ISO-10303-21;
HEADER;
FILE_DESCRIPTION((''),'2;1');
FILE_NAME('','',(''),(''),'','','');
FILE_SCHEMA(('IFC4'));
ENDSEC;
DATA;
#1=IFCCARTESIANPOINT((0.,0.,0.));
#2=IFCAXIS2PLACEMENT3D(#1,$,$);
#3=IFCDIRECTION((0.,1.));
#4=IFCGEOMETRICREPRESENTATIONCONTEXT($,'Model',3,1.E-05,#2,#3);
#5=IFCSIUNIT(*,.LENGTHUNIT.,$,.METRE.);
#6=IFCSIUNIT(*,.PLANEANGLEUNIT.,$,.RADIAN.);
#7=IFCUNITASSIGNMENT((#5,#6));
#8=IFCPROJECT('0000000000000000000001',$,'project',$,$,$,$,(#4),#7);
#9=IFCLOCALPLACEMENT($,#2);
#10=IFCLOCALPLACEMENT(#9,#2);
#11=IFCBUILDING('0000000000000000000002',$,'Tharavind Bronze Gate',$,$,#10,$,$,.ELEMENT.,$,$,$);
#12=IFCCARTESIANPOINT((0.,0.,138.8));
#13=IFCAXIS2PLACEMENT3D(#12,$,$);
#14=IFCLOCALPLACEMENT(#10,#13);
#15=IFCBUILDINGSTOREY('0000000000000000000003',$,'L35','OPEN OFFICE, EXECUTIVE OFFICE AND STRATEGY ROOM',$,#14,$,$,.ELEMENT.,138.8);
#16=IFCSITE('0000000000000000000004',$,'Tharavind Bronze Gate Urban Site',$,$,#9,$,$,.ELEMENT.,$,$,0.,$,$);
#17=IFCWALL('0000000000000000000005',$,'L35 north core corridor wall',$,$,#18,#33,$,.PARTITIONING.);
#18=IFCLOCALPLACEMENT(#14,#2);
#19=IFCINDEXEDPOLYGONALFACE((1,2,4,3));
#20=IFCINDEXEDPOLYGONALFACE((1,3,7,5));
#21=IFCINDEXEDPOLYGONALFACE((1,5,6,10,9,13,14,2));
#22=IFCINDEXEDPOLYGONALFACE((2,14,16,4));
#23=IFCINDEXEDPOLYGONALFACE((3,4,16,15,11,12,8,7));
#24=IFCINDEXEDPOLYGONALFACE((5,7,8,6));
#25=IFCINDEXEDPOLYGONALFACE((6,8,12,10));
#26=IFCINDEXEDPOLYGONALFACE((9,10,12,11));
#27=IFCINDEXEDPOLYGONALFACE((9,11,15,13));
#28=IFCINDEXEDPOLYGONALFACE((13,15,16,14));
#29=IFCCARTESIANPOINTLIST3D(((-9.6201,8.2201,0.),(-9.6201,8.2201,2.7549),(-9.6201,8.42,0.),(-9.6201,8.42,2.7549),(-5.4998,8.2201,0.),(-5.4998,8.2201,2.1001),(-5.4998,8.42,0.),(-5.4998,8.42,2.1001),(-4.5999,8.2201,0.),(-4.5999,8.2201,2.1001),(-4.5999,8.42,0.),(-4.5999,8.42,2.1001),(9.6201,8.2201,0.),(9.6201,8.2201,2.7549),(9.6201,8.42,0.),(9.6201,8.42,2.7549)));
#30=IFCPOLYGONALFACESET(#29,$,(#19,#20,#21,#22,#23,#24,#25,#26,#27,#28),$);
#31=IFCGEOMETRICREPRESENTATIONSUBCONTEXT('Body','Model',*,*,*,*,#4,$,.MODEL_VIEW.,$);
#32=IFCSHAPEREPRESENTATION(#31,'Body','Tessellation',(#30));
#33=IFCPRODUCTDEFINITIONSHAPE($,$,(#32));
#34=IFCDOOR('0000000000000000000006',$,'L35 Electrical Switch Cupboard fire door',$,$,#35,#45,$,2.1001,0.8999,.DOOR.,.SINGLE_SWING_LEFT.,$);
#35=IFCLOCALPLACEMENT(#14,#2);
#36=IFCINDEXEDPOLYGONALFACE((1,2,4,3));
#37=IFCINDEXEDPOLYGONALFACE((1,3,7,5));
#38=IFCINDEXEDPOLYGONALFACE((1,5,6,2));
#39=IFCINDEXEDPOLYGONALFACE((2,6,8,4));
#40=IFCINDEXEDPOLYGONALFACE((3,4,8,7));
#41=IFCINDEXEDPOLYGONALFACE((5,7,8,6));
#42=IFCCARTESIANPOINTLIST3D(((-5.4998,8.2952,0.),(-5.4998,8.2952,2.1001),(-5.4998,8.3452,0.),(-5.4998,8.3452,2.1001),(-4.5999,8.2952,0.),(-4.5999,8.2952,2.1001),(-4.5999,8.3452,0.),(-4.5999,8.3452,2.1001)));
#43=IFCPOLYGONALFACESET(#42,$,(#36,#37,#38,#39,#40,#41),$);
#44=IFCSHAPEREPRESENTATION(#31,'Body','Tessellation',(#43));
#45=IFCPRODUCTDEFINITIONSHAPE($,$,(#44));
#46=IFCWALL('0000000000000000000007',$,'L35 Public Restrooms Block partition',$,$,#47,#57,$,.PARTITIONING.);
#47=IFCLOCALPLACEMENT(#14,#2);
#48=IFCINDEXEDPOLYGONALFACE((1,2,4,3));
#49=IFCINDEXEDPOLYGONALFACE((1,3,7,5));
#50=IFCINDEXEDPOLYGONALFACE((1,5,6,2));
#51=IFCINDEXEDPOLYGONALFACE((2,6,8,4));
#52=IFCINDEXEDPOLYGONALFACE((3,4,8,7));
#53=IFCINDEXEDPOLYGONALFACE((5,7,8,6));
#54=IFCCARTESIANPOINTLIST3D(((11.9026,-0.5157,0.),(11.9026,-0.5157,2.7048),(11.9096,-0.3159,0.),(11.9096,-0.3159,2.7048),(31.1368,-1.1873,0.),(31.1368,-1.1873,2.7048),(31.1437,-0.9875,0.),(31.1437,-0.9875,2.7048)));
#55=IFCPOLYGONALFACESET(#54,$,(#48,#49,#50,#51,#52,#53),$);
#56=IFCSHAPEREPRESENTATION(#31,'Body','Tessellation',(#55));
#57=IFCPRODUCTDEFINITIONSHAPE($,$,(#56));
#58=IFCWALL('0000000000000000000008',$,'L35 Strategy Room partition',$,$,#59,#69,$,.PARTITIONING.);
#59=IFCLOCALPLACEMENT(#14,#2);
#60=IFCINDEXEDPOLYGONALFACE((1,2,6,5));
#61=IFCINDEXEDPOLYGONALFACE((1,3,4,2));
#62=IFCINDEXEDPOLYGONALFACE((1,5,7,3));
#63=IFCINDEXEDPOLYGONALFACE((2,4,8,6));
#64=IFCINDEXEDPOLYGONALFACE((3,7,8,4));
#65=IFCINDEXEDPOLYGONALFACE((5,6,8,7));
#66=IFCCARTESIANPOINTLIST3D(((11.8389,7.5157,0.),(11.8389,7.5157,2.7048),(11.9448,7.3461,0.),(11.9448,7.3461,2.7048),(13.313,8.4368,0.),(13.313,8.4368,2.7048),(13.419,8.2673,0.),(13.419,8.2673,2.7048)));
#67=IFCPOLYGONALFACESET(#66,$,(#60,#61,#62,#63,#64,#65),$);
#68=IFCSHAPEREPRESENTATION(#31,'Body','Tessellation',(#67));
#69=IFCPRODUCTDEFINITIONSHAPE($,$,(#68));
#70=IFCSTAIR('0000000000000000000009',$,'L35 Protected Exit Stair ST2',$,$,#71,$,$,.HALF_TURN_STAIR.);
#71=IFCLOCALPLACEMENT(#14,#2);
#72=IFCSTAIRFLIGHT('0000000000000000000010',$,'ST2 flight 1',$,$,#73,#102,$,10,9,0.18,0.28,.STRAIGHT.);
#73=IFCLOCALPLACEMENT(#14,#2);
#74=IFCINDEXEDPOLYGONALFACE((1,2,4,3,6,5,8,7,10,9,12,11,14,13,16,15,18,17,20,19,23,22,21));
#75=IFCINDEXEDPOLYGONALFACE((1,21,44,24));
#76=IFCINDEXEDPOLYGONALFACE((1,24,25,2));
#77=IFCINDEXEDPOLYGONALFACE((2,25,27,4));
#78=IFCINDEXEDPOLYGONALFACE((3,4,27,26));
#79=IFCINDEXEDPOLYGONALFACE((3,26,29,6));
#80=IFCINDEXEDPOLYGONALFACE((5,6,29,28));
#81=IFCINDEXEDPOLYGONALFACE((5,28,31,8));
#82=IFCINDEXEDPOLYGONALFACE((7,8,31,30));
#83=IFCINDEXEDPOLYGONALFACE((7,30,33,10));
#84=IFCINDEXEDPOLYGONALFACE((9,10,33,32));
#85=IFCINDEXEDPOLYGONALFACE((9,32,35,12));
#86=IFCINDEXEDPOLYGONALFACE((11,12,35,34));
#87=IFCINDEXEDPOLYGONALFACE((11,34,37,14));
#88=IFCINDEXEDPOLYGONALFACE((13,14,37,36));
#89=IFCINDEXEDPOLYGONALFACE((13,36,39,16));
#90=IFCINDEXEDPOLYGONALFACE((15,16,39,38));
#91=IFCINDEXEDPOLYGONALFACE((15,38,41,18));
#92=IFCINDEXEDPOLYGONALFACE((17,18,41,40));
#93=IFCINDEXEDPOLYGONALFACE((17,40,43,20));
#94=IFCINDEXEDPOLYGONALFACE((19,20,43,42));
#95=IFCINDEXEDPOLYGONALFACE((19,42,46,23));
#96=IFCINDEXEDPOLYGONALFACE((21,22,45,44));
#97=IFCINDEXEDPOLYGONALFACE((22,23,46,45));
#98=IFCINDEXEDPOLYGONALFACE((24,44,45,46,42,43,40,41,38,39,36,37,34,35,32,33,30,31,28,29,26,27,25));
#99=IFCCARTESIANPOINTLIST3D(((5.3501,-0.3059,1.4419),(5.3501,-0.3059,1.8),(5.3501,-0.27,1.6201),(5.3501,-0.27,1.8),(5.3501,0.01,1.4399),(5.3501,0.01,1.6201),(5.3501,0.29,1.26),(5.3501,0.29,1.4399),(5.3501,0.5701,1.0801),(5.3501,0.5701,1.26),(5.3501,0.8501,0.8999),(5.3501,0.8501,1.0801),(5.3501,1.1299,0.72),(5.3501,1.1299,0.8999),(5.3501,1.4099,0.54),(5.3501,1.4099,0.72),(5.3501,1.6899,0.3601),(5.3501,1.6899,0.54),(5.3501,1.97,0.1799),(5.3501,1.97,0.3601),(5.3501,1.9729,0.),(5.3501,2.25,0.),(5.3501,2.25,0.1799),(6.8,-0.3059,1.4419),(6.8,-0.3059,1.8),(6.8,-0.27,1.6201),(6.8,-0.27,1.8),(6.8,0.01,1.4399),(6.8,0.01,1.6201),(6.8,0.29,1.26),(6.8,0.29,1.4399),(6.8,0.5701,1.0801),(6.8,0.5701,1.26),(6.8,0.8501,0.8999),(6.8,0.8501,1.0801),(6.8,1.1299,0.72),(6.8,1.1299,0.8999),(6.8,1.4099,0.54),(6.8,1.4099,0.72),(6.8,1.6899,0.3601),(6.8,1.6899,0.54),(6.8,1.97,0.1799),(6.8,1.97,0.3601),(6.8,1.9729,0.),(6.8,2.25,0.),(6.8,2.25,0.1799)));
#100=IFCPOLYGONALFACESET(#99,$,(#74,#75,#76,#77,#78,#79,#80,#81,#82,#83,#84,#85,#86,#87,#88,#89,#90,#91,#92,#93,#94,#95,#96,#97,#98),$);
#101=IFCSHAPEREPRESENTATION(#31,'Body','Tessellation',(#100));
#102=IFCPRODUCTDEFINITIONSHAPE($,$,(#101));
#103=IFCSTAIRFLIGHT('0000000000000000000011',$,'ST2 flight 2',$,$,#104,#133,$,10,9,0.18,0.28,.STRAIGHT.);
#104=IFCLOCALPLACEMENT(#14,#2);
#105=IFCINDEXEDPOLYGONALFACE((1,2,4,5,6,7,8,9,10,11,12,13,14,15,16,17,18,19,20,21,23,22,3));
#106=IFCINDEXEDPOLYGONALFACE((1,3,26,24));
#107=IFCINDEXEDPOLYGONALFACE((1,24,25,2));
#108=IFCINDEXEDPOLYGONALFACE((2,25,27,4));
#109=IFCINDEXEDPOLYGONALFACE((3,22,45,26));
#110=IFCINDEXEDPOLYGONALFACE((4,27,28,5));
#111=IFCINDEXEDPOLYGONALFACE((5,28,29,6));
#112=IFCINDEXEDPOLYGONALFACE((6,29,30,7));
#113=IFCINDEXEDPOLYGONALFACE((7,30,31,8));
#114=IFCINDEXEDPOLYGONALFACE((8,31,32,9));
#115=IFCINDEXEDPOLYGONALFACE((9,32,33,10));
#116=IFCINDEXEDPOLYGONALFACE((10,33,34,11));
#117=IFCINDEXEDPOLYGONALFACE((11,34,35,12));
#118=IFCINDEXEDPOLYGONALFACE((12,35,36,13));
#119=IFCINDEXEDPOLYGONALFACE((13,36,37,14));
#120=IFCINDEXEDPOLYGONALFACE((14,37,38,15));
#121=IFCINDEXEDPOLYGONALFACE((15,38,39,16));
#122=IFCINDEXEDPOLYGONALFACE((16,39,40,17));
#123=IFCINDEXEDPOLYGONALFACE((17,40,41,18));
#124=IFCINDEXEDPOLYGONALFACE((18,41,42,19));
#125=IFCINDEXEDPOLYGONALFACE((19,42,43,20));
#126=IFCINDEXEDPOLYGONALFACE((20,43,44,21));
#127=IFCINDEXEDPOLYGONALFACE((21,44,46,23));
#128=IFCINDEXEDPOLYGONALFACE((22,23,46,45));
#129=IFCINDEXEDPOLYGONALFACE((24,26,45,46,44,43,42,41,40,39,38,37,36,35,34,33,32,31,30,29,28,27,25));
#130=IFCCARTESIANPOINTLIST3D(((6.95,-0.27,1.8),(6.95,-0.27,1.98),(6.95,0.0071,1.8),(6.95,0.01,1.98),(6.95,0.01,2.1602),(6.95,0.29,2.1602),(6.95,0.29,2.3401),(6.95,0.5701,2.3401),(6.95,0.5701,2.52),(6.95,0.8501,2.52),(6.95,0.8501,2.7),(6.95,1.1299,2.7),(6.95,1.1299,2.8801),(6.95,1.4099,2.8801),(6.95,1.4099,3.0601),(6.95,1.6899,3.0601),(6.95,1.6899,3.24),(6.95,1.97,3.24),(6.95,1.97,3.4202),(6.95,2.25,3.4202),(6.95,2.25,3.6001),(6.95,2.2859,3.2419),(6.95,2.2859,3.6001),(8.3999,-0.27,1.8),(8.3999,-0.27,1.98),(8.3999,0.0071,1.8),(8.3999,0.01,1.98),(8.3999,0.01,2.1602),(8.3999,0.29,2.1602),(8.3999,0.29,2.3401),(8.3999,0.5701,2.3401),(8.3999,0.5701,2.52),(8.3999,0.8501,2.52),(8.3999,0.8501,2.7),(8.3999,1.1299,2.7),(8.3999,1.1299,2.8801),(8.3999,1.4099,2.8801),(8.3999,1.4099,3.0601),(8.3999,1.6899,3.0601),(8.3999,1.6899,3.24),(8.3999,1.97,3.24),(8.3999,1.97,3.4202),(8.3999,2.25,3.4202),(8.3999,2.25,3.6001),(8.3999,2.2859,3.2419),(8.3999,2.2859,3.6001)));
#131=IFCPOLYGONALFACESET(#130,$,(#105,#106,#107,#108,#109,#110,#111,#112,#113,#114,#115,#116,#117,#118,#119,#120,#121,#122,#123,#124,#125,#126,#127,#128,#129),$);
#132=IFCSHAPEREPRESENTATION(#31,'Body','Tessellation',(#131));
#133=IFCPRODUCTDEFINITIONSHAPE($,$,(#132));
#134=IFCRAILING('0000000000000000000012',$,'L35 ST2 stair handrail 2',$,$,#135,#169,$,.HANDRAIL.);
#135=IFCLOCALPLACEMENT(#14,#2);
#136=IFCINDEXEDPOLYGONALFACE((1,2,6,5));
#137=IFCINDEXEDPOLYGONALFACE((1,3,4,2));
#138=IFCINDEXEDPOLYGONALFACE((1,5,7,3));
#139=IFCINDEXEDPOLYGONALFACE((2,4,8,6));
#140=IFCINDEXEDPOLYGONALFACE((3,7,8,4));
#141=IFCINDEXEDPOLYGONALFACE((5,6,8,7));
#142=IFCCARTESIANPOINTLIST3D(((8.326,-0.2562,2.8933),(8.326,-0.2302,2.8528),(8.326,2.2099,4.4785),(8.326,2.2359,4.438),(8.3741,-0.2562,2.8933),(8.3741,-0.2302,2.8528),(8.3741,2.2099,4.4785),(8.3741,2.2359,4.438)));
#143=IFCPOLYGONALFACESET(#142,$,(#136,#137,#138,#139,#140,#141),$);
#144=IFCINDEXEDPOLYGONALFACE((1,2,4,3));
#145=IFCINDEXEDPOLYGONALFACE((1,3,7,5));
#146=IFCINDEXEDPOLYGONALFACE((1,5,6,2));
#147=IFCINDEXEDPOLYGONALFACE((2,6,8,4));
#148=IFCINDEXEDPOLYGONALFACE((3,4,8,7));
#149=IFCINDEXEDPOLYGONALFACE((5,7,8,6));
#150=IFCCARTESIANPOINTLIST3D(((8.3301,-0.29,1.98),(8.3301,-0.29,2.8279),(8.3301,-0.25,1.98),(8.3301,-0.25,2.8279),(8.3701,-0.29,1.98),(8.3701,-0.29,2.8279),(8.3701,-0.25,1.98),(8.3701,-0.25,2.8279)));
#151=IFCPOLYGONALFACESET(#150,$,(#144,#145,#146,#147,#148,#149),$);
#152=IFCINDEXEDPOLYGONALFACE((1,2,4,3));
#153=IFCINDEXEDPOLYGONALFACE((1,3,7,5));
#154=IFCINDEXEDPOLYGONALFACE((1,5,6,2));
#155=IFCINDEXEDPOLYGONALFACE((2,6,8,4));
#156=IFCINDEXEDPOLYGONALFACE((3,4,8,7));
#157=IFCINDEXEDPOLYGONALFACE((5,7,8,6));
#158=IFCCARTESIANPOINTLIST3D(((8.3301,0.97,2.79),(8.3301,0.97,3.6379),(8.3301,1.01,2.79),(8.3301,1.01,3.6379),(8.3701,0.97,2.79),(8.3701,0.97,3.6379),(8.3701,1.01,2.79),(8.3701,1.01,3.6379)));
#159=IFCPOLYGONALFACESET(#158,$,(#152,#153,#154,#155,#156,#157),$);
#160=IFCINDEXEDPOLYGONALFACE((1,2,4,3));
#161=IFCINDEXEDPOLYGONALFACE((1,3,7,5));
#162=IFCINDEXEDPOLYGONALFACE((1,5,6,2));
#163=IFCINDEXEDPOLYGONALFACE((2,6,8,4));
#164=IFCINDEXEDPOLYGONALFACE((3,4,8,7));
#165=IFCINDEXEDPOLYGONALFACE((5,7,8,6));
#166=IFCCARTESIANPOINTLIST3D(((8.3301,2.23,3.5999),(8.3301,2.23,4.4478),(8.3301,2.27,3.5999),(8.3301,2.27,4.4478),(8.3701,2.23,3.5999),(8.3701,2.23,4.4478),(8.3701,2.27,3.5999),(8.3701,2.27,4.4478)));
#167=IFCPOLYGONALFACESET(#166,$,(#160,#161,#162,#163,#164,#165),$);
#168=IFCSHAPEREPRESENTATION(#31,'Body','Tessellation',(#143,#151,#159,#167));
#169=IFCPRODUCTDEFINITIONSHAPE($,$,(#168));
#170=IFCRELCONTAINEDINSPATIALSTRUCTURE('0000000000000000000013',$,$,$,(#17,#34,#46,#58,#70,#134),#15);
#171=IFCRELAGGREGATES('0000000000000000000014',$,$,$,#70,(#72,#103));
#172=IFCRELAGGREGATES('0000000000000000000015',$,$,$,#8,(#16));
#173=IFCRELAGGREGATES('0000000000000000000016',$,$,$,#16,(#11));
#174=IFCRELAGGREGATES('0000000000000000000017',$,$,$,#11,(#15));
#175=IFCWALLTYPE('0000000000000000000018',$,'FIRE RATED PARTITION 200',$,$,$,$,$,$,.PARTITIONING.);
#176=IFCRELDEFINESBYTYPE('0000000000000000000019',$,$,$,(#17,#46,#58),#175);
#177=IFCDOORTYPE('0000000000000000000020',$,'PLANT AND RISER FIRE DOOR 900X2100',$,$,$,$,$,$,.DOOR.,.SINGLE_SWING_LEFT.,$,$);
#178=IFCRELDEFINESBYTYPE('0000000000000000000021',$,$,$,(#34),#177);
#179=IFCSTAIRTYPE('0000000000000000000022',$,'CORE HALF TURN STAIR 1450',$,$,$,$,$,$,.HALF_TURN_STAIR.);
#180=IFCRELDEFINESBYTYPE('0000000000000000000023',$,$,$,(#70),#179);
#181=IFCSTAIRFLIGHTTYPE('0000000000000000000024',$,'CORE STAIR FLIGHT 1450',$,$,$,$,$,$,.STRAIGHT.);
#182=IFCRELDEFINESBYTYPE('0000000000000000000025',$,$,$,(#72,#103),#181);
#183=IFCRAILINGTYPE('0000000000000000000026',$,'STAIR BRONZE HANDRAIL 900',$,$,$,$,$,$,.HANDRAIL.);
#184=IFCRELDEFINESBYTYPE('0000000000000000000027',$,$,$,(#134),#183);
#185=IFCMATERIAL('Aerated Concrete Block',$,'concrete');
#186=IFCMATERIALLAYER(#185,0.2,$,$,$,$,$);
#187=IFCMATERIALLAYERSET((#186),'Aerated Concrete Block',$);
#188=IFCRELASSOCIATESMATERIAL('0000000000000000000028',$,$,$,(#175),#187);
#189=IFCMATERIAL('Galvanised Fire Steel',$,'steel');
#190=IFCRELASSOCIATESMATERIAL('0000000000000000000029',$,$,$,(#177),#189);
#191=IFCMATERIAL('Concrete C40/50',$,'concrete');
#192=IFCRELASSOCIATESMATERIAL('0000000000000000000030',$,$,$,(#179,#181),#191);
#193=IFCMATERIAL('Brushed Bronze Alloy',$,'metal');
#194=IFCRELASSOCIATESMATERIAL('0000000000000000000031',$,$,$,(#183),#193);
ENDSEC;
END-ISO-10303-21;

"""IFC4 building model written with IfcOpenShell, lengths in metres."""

from ifc_helpers import new_model, si_unit, direction, frame, frame_2d, origin, origin_2d, place, context, subcontext, project, spatial, polyline, rectangle, outline, extrude, material, layer, layer_set, type_object, element, fill, aggregate, save


model = new_model("IFC4")

# Units and contexts
model_context = context("Model", 3, precision=1e-05, world=origin(), true_north=direction((0.0, 1.0)))
body_context = subcontext(model_context, "Body", "Model", "MODEL_VIEW")
ifc_project = project(units=[si_unit("LENGTHUNIT", "METRE"), si_unit("PLANEANGLEUNIT", "RADIAN")], contexts=[model_context])

# Site, building, storey
site_placement = place(None, origin())
site = spatial("IfcSite", under=ifc_project, at=site_placement, Name="Tharavind Bronze Gate Urban Site", CompositionType="ELEMENT", RefElevation=0.0)
building_placement = place(site_placement, origin())
building = spatial("IfcBuilding", under=site, at=building_placement, Name="Tharavind Bronze Gate", CompositionType="ELEMENT")
storey_placement = place(building_placement, frame((0.0, 0.0, 138.8)))
storey = spatial("IfcBuildingStorey", under=building, at=storey_placement, Name="L35", Description="OPEN OFFICE, EXECUTIVE OFFICE AND STRATEGY ROOM", CompositionType="ELEMENT", Elevation=138.8)

# Wall, opening, door
ifc_material_1 = material(Name="Aerated Concrete Block", Category="concrete")
ifc_layer_1 = layer(ifc_material_1, 0.2)
ifc_layer_set_1 = layer_set([ifc_layer_1], Name="Aerated Concrete Block")
wall_type_1 = type_object("IfcWallType", Name="FIRE RATED PARTITION 200", PredefinedType="PARTITIONING", material=ifc_layer_set_1)
wall_1_placement = place(storey_placement, frame((9.6201, 8.3201, 0.0), z_axis=(0.0, 0.0, 1.0), x_axis=(-1.0, 0.0, 0.0)))
wall_1 = element("IfcWall", 1, at=wall_1_placement, inside=storey, type_object=wall_type_1, Name="L35 north core corridor wall", PredefinedType="PARTITIONING", context=body_context, shape_type="SweptSolid", body=[
    extrude(rectangle(XDim=19.2402, YDim=0.2, at=frame_2d((9.6201, 0.0))), origin(), (0.0, 0.0, 1.0), 2.7549),
])
opening_1_placement = place(wall_1_placement, frame((14.22, 0.0, 0.0)))
opening_1 = element("IfcOpeningElement", 2, at=opening_1_placement, cuts=wall_1, PredefinedType="OPENING", context=body_context, shape_type="SweptSolid", body=[
    extrude(rectangle(XDim=0.8999, YDim=2.1001, at=frame_2d((0.45, 1.05))), frame((0.0, 0.1101, 0.0), z_axis=(0.0, -1.0, 0.0), x_axis=(1.0, 0.0, 0.0)), (0.0, 0.0, 1.0), 0.22),
])
ifc_material_2 = material(Name="Galvanised Fire Steel", Category="steel")
door_type_1 = type_object("IfcDoorType", Name="PLANT AND RISER FIRE DOOR 900X2100", OperationType="SINGLE_SWING_LEFT", PredefinedType="DOOR", material=ifc_material_2)
door_1_placement = place(opening_1_placement, origin())
door_1 = element("IfcDoor", 3, at=door_1_placement, inside=storey, type_object=door_type_1, Name="L35 Electrical Switch Cupboard fire door", OperationType="SINGLE_SWING_LEFT", OverallHeight=2.1001, OverallWidth=0.8999, PredefinedType="DOOR", context=body_context, shape_type="SweptSolid", body=[
    extrude(rectangle(XDim=0.8999, YDim=2.1001, at=frame_2d((0.45, 1.05))), frame((0.0, 0.0249, 0.0), z_axis=(0.0, -1.0, 0.0), x_axis=(1.0, 0.0, 0.0)), (0.0, 0.0, 1.0), 0.05),
])
fill(opening_1, door_1)

# Wall
wall_2_placement = place(storey_placement, frame((11.906, -0.4158, 0.0), z_axis=(0.0, 0.0, 1.0), x_axis=(0.999391, -0.034897, 0.0)))
element("IfcWall", 4, at=wall_2_placement, inside=storey, type_object=wall_type_1, Name="L35 Public Restrooms Block partition", PredefinedType="PARTITIONING", context=body_context, shape_type="SweptSolid", body=[
    extrude(rectangle(XDim=19.2458, YDim=0.2, at=frame_2d((9.623, 0.0))), origin(), (0.0, 0.0, 1.0), 2.7048),
])

# Wall
wall_3_placement = place(storey_placement, frame((11.8918, 7.4309, 0.0), z_axis=(0.0, 0.0, 1.0), x_axis=(0.848046, 0.529923, 0.0)))
element("IfcWall", 5, at=wall_3_placement, inside=storey, type_object=wall_type_1, Name="L35 Strategy Room partition", PredefinedType="PARTITIONING", context=body_context, shape_type="SweptSolid", body=[
    extrude(rectangle(XDim=1.7383, YDim=0.2, at=frame_2d((0.8691, 0.0))), origin(), (0.0, 0.0, 1.0), 2.7048),
])

# Stair, stair flights
ifc_material_3 = material(Name="Concrete C40/50", Category="concrete")
stair_type = type_object("IfcStairType", Name="CORE HALF TURN STAIR 1450", PredefinedType="HALF_TURN_STAIR", material=ifc_material_3)
stair_placement = place(storey_placement, origin())
stair = element("IfcStair", 6, at=stair_placement, inside=storey, type_object=stair_type, Name="L35 Protected Exit Stair ST2", PredefinedType="HALF_TURN_STAIR")
stair_flight_type = type_object("IfcStairFlightType", Name="CORE STAIR FLIGHT 1450", PredefinedType="STRAIGHT", material=ifc_material_3)
stair_flight_1_placement = place(storey_placement, frame((6.075, 2.25, 0.0), z_axis=(0.0, 0.0, 1.0), x_axis=(0.0, -1.0, 0.0)))
stair_flight_1 = element("IfcStairFlight", 7, at=stair_flight_1_placement, type_object=stair_flight_type, Name="ST2 flight 1", NumberOfRisers=10, NumberOfTreads=9, PredefinedType="STRAIGHT", RiserHeight=0.18, TreadLength=0.28, context=body_context, shape_type="SweptSolid", body=[
    extrude(outline(polyline([(0.0, 0.0), (0.0, 0.1799), (0.28, 0.1799), (0.28, 0.3601), (0.5601, 0.3601), (0.5601, 0.54), (0.8401, 0.54), (0.8401, 0.72), (1.1201, 0.72), (1.1201, 0.8999), (1.3999, 0.8999), (1.3999, 1.0801), (1.6799, 1.0801), (1.6799, 1.26), (1.96, 1.26), (1.96, 1.4399), (2.24, 1.4399), (2.24, 1.6201), (2.52, 1.6201), (2.52, 1.8), (2.5559, 1.8), (2.5559, 1.4419), (0.2771, 0.0), (0.0, 0.0)])), frame((0.0, 0.7251, 0.0), z_axis=(0.0, -1.0, 0.0), x_axis=(1.0, 0.0, 0.0)), (0.0, 0.0, 1.0), 1.45),
])
stair_flight_2_placement = place(storey_placement, frame((7.675, -0.27, 1.8), z_axis=(0.0, 0.0, 1.0), x_axis=(0.0, 1.0, 0.0)))
stair_flight_2 = element("IfcStairFlight", 8, at=stair_flight_2_placement, type_object=stair_flight_type, Name="ST2 flight 2", NumberOfRisers=10, NumberOfTreads=9, PredefinedType="STRAIGHT", RiserHeight=0.18, TreadLength=0.28, context=body_context, shape_type="SweptSolid", body=[
    extrude(outline(polyline([(0.0, 0.0), (0.0, 0.1799), (0.28, 0.1799), (0.28, 0.3601), (0.5601, 0.3601), (0.5601, 0.54), (0.8401, 0.54), (0.8401, 0.72), (1.1201, 0.72), (1.1201, 0.8999), (1.3999, 0.8999), (1.3999, 1.0801), (1.6799, 1.0801), (1.6799, 1.26), (1.96, 1.26), (1.96, 1.4399), (2.24, 1.4399), (2.24, 1.6201), (2.52, 1.6201), (2.52, 1.8), (2.5559, 1.8), (2.5559, 1.4419), (0.2771, 0.0), (0.0, 0.0)])), frame((0.0, 0.7251, 0.0), z_axis=(0.0, -1.0, 0.0), x_axis=(1.0, 0.0, 0.0)), (0.0, 0.0, 1.0), 1.45),
])
aggregate(stair, [stair_flight_1, stair_flight_2])

# Railing
ifc_material_4 = material(Name="Brushed Bronze Alloy", Category="metal")
railing_type_1 = type_object("IfcRailingType", Name="STAIR BRONZE HANDRAIL 900", PredefinedType="HANDRAIL", material=ifc_material_4)
railing_1_placement = place(storey_placement, frame((8.3501, -0.27, 1.98)))
element("IfcRailing", 9, at=railing_1_placement, inside=storey, type_object=railing_type_1, Name="L35 ST2 stair handrail 2", PredefinedType="HANDRAIL", context=body_context, shape_type="SweptSolid", body=[
    extrude(rectangle(XDim=0.0481, YDim=0.0481, at=origin_2d()), frame((0.0, 0.0269, 0.8931), z_axis=(0.0, 0.8412, 0.540725), x_axis=(-1.0, 0.0, 0.0)), (0.0, 0.0, 1.0), 2.9316),
    extrude(rectangle(XDim=0.04, YDim=0.04, at=origin_2d()), origin(), (0.0, 0.0, 1.0), 0.8479),
    extrude(rectangle(XDim=0.04, YDim=0.04, at=origin_2d()), frame((0.0, 1.26, 0.8101)), (0.0, 0.0, 1.0), 0.8479),
    extrude(rectangle(XDim=0.04, YDim=0.04, at=origin_2d()), frame((0.0, 2.52, 1.6199)), (0.0, 0.0, 1.0), 0.8479),
])

save(model, "model.ifc")
